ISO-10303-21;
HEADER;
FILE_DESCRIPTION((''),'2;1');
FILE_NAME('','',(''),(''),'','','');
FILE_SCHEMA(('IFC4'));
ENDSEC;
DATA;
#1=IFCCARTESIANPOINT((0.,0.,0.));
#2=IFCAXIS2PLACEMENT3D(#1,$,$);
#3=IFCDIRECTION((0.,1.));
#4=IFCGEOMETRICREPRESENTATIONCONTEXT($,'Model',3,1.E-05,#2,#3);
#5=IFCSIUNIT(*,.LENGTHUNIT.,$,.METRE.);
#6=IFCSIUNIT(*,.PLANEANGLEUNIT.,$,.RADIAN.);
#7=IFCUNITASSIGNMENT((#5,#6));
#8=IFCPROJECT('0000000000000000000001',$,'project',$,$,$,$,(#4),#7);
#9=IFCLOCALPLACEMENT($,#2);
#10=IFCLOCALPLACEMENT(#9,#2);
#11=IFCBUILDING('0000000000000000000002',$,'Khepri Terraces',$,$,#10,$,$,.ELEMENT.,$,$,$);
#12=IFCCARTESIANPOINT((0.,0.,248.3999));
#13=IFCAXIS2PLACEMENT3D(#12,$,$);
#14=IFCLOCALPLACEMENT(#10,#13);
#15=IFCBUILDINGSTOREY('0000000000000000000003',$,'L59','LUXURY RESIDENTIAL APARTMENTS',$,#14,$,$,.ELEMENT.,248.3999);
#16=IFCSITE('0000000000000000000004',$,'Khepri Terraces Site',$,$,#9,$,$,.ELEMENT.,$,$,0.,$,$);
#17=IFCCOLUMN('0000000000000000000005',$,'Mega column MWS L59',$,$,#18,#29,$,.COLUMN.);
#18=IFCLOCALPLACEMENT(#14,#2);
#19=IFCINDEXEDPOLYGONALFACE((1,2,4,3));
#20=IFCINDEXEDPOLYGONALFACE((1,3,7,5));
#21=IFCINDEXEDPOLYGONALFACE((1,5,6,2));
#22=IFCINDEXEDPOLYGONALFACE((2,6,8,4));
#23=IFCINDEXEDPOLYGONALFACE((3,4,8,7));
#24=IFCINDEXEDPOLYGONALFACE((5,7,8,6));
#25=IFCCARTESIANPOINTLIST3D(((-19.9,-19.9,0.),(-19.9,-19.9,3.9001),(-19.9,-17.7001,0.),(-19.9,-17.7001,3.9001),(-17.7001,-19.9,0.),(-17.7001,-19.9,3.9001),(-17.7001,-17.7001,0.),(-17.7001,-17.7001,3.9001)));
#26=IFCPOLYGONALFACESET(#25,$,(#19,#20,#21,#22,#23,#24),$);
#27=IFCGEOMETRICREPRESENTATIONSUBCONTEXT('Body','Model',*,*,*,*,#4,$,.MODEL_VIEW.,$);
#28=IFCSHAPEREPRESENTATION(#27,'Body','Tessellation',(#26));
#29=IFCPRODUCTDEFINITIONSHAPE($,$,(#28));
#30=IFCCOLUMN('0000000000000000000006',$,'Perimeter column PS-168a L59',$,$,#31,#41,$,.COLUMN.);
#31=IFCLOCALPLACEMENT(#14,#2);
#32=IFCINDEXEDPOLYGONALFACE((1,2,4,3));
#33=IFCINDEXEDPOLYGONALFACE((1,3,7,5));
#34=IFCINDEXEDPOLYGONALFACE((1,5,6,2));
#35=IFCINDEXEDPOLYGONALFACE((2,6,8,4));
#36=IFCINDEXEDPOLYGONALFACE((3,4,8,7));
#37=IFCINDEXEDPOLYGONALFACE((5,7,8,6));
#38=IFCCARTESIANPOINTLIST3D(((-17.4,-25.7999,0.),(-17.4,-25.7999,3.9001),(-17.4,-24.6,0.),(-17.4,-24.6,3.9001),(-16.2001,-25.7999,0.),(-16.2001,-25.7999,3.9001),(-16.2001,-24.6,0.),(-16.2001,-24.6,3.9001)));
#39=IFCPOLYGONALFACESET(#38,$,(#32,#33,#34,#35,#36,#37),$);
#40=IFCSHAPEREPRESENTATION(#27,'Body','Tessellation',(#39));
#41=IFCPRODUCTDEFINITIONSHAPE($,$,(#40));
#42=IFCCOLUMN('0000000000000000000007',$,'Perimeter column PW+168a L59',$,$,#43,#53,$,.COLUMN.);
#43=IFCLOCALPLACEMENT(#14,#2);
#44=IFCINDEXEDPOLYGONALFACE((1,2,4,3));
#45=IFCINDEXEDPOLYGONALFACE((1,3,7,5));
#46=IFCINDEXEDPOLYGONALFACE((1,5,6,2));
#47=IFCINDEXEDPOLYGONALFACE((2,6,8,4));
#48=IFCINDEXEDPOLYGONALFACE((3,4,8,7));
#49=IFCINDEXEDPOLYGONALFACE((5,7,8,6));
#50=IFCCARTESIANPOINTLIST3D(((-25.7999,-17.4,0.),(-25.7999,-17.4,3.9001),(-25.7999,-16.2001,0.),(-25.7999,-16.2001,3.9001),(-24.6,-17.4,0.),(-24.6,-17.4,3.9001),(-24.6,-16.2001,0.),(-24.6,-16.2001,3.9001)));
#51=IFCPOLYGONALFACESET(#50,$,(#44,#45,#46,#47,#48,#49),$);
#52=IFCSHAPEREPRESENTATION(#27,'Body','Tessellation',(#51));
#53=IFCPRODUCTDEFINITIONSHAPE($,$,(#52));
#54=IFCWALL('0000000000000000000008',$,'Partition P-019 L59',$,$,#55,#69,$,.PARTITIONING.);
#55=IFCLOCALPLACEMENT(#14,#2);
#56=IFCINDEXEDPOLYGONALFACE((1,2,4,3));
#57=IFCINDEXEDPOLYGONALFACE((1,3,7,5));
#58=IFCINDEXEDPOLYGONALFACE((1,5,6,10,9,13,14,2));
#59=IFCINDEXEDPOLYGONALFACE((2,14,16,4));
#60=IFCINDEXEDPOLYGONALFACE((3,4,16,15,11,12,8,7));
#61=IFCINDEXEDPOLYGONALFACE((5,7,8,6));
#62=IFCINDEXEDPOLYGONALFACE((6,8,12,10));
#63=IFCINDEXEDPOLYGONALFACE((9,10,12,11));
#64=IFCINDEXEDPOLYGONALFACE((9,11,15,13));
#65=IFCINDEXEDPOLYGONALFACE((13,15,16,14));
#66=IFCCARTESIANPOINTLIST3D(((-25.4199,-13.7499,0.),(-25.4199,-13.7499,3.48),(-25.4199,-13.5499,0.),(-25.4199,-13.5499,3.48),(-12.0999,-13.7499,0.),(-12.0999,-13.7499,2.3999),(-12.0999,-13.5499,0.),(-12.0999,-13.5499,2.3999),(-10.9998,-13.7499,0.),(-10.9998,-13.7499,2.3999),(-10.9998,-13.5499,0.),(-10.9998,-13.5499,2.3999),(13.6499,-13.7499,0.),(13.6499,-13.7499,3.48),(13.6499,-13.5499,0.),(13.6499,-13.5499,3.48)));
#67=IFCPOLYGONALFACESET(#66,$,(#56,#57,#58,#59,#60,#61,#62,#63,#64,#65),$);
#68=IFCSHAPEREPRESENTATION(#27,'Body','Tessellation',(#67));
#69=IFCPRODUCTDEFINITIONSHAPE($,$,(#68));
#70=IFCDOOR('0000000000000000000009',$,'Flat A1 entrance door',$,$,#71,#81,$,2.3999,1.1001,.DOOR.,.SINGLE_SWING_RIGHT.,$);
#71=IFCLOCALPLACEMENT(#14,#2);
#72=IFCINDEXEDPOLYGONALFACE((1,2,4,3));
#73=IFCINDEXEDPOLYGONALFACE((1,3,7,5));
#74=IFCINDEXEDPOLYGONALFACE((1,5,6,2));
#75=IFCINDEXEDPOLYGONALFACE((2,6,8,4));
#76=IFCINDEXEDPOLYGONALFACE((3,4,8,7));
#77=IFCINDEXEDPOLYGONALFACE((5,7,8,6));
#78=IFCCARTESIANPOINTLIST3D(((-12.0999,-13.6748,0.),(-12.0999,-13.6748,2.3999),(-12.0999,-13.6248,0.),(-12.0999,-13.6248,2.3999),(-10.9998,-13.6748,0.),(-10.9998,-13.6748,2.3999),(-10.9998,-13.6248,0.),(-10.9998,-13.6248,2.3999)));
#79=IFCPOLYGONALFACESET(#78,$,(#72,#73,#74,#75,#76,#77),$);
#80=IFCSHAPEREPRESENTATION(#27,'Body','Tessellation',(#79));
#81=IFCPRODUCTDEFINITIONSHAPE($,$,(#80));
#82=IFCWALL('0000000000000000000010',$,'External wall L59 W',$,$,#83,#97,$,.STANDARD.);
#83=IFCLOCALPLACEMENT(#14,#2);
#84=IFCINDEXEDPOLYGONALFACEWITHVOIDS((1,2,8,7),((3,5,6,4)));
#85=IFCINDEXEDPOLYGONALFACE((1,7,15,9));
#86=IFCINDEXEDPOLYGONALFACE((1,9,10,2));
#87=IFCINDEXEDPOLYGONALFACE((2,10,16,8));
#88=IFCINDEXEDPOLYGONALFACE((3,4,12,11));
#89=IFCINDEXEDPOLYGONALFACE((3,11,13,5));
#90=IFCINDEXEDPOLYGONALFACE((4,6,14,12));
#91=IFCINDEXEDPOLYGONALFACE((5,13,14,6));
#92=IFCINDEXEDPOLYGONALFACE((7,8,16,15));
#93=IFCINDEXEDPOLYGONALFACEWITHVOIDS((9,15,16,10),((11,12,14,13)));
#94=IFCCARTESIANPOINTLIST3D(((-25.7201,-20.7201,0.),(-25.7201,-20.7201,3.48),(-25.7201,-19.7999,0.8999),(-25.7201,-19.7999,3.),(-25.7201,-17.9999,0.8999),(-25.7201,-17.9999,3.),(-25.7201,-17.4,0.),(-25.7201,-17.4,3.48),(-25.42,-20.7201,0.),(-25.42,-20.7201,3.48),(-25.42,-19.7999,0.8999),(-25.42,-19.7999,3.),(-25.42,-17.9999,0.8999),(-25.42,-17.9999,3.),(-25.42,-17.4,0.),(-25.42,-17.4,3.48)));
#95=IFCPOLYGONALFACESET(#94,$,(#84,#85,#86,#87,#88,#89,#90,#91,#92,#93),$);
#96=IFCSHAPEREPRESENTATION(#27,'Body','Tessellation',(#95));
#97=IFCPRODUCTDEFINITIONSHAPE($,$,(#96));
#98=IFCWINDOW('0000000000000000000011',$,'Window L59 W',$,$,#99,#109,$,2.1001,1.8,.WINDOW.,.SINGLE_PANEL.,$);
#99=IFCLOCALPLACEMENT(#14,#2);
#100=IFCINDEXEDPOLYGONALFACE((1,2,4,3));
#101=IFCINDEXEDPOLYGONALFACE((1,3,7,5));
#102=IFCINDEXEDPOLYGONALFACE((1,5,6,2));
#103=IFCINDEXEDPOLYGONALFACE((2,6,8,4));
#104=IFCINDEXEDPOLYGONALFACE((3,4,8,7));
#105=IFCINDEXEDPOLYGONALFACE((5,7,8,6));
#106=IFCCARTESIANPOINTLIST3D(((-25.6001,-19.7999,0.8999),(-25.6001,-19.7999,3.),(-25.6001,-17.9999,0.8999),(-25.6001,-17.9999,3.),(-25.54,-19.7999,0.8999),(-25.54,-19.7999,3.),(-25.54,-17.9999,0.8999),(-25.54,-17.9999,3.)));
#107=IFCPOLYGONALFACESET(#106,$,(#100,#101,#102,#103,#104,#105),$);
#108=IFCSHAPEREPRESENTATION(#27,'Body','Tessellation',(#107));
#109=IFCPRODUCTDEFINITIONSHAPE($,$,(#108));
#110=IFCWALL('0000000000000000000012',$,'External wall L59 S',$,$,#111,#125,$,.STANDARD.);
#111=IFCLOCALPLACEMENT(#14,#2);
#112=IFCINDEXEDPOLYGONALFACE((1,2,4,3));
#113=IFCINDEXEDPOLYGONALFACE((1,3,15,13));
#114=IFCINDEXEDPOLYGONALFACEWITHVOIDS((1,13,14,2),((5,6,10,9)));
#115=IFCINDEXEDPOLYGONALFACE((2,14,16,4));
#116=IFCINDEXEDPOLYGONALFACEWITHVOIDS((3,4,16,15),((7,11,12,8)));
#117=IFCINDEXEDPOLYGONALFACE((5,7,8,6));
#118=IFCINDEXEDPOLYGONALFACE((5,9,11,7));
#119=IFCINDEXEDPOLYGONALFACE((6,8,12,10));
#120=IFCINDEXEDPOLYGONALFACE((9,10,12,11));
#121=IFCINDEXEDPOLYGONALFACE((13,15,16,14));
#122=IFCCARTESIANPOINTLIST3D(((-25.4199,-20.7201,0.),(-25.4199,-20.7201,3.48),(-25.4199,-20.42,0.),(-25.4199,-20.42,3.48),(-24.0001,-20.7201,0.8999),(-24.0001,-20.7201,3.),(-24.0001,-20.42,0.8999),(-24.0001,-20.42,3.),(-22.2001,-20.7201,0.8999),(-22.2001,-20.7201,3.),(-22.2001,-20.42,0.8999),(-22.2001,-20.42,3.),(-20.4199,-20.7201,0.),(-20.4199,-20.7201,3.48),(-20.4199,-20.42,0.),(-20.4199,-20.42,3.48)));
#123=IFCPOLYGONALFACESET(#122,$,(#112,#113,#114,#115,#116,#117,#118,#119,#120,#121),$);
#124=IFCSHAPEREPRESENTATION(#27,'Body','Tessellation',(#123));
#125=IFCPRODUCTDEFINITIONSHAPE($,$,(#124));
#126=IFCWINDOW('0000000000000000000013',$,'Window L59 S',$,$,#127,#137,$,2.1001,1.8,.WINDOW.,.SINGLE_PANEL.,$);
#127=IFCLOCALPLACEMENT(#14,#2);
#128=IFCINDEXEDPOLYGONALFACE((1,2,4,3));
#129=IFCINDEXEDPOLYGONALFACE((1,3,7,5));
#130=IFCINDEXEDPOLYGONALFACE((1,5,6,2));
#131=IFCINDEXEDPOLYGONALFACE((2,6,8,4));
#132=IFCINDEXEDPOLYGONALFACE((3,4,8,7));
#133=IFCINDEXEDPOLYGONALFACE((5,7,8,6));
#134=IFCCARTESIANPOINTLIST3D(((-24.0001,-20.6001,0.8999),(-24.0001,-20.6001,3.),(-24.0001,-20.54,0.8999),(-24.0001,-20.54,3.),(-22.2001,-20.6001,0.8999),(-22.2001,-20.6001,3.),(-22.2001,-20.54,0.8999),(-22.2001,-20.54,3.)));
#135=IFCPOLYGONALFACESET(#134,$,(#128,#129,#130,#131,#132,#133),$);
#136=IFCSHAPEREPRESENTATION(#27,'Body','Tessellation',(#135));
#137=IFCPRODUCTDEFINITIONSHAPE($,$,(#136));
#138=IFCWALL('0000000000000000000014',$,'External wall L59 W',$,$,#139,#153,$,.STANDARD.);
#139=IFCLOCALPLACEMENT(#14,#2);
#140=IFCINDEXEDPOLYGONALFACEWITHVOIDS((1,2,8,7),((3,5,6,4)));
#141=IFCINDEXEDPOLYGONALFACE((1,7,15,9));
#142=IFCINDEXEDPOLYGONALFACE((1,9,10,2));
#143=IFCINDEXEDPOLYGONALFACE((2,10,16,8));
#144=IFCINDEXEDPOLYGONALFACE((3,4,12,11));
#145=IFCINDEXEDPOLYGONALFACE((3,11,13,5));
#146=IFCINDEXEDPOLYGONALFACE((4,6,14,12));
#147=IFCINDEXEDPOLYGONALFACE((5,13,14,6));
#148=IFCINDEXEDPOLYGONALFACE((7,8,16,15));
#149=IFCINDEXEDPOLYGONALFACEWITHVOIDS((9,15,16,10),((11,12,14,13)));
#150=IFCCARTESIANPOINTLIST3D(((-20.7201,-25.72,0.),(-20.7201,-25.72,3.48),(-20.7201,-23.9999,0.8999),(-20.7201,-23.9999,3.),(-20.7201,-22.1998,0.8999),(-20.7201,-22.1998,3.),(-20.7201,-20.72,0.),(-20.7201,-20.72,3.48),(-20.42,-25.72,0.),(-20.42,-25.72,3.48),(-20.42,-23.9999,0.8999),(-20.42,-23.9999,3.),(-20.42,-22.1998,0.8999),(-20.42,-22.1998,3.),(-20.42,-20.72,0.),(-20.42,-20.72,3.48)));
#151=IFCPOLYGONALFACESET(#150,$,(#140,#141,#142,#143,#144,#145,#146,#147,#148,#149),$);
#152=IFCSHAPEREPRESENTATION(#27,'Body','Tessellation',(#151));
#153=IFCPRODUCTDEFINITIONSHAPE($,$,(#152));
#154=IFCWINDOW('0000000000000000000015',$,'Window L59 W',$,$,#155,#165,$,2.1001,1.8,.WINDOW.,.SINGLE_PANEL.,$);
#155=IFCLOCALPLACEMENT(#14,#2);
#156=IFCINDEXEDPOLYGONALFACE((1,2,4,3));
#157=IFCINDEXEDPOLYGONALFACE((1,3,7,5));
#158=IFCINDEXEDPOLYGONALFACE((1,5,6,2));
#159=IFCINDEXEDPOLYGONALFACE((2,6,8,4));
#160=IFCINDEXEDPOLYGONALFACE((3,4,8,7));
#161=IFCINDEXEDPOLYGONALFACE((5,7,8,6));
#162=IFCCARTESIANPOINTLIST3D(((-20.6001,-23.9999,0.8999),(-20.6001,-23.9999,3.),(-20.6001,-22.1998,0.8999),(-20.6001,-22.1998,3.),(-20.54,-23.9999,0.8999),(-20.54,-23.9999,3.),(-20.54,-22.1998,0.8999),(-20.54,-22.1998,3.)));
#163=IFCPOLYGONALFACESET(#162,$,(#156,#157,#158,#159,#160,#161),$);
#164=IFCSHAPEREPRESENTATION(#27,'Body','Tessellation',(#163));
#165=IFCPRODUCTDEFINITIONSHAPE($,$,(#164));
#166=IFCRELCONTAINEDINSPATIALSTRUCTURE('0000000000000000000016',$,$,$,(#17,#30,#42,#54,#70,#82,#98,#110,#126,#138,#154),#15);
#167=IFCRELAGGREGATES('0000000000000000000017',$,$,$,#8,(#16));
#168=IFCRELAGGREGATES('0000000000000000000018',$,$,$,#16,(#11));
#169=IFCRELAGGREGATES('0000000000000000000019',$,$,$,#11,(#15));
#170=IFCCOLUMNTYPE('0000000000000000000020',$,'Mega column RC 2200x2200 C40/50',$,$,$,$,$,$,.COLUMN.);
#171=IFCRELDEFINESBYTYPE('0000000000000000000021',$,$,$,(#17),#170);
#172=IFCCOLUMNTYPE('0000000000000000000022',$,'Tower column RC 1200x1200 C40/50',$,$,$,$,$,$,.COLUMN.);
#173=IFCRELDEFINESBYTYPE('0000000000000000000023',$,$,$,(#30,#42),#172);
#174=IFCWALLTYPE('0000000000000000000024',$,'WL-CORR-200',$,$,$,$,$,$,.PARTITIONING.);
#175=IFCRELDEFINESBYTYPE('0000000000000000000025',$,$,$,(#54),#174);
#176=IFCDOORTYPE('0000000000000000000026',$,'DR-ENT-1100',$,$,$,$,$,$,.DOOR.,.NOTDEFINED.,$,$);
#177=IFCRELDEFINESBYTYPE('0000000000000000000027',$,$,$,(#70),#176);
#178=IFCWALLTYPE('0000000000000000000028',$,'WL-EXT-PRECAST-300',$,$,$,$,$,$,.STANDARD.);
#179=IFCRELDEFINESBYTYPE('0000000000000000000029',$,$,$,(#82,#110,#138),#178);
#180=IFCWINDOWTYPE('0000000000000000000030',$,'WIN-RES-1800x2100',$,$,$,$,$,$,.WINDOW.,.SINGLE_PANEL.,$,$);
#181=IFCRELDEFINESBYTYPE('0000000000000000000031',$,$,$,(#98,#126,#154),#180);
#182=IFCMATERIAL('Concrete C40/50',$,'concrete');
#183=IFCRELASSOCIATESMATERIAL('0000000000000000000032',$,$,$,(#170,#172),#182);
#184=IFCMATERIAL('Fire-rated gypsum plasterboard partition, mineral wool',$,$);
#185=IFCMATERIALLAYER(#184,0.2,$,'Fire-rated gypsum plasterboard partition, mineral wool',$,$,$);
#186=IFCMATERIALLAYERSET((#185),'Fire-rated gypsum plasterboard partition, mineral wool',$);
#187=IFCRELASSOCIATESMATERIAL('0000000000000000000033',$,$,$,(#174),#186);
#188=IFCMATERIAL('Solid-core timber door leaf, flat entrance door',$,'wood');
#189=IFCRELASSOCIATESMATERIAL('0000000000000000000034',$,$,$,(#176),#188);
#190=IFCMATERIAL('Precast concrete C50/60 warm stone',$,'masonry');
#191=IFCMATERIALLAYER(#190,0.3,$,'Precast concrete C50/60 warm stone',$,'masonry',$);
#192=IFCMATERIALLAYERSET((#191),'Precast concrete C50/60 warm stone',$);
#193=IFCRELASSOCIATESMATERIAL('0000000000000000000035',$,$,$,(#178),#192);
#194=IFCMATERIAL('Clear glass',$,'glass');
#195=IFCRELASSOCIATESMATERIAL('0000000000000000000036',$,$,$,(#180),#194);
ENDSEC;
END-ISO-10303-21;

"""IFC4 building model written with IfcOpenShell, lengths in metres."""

from ifc_helpers import new_model, si_unit, direction, frame, frame_2d, origin, origin_2d, place, context, subcontext, project, spatial, rectangle, extrude, material, layer, layer_set, material_profile, profile_set, type_object, element, fill, save


model = new_model("IFC4")

# Units and contexts
model_context = context("Model", 3, precision=1e-05, world=origin(), true_north=direction((0.0, 1.0)))
body_context = subcontext(model_context, "Body", "Model", "MODEL_VIEW")
ifc_project = project(units=[si_unit("LENGTHUNIT", "METRE"), si_unit("PLANEANGLEUNIT", "RADIAN")], contexts=[model_context])

# Site, building, storey
site_placement = place(None, origin())
site = spatial("IfcSite", under=ifc_project, at=site_placement, Name="Khepri Terraces Site", CompositionType="ELEMENT", RefElevation=0.0)
building_placement = place(site_placement, origin())
building = spatial("IfcBuilding", under=site, at=building_placement, Name="Khepri Terraces", CompositionType="ELEMENT")
storey_placement = place(building_placement, frame((0.0, 0.0, 248.3999)))
storey = spatial("IfcBuildingStorey", under=building, at=storey_placement, Name="L59", Description="LUXURY RESIDENTIAL APARTMENTS", CompositionType="ELEMENT", Elevation=248.3999)

# Columns
ifc_material_1 = material(Name="Concrete C40/50", Category="concrete")
ifc_material_profile_1 = material_profile(ifc_material_1, rectangle(XDim=2.2, YDim=2.2, at=origin_2d()), Name="Concrete C40/50", Category="concrete")
ifc_profile_set_1 = profile_set([ifc_material_profile_1], Name="Concrete C40/50")
column_type_1 = type_object("IfcColumnType", Name="Mega column RC 2200x2200 C40/50", PredefinedType="COLUMN", material=ifc_profile_set_1)
column_placement = place(storey_placement, frame((-18.8, -18.8, 0.0), z_axis=(0.0, 0.0, 1.0), x_axis=(1.0, 0.0, 0.0)))
element("IfcColumn", 1, at=column_placement, inside=storey, type_object=column_type_1, Name="Mega column MWS L59", PredefinedType="COLUMN", context=body_context, shape_type="SweptSolid", body=[
    extrude(rectangle(XDim=2.2, YDim=2.2, at=origin_2d()), origin(), (0.0, 0.0, 1.0), 3.9001),
])
ifc_material_profile_2 = material_profile(ifc_material_1, rectangle(XDim=1.2, YDim=1.2, at=origin_2d()), Name="Concrete C40/50", Category="concrete")
ifc_profile_set_2 = profile_set([ifc_material_profile_2], Name="Concrete C40/50")
column_type_2 = type_object("IfcColumnType", Name="Tower column RC 1200x1200 C40/50", PredefinedType="COLUMN", material=ifc_profile_set_2)
for number, where, z_axis, x_axis, name in (
    (2, (-16.8, -25.2, 0.0), (0.0, 0.0, 1.0), (1.0, 0.0, 0.0), "Perimeter column PS-168a L59"),
    (3, (-25.2, -16.8, 0.0), (0.0, 0.0, 1.0), (1.0, 0.0, 0.0), "Perimeter column PW+168a L59"),
):
    element("IfcColumn", number, at=place(storey_placement, frame(where, z_axis=z_axis, x_axis=x_axis)), inside=storey, type_object=column_type_2, Name=name, PredefinedType="COLUMN", context=body_context, shape_type="SweptSolid", body=[
        extrude(rectangle(XDim=1.2, YDim=1.2, at=origin_2d()), origin(), (0.0, 0.0, 1.0), 3.9001),
    ])

# Wall, opening, door
ifc_material_2 = material(Name="Fire-rated gypsum plasterboard partition, mineral wool")
ifc_layer_1 = layer(ifc_material_2, 0.2, Name="Fire-rated gypsum plasterboard partition, mineral wool")
ifc_layer_set_1 = layer_set([ifc_layer_1], Name="Fire-rated gypsum plasterboard partition, mineral wool")
wall_type_1 = type_object("IfcWallType", Name="WL-CORR-200", PredefinedType="PARTITIONING", material=ifc_layer_set_1)
wall_1_placement = place(storey_placement, frame((-25.4199, -13.6499, 0.0), z_axis=(0.0, 0.0, 1.0), x_axis=(1.0, 0.0, 0.0)))
wall_1 = element("IfcWall", 4, at=wall_1_placement, inside=storey, type_object=wall_type_1, Name="Partition P-019 L59", PredefinedType="PARTITIONING", context=body_context, shape_type="SweptSolid", body=[
    extrude(rectangle(XDim=39.0698, YDim=0.2, at=frame_2d((19.5349, 0.0))), origin(), (0.0, 0.0, 1.0), 3.48),
])
opening_1_placement = place(wall_1_placement, frame((13.3201, 0.0, 0.0)))
opening_1 = element("IfcOpeningElement", 5, at=opening_1_placement, cuts=wall_1, PredefinedType="OPENING", context=body_context, shape_type="SweptSolid", body=[
    extrude(rectangle(XDim=1.1001, YDim=2.3999, at=frame_2d((0.55, 1.2))), frame((0.0, 0.1099, 0.0), z_axis=(0.0, -1.0, 0.0), x_axis=(1.0, 0.0, 0.0)), (0.0, 0.0, 1.0), 0.22),
])
ifc_material_3 = material(Name="Solid-core timber door leaf, flat entrance door", Category="wood")
door_type_1 = type_object("IfcDoorType", Name="DR-ENT-1100", OperationType="NOTDEFINED", PredefinedType="DOOR", material=ifc_material_3)
door_1_placement = place(opening_1_placement, frame((1.1001, 0.0, 0.0), z_axis=(0.0, 0.0, 1.0), x_axis=(-1.0, 0.0, 0.0)))
door_1 = element("IfcDoor", 6, at=door_1_placement, inside=storey, type_object=door_type_1, Name="Flat A1 entrance door", OperationType="SINGLE_SWING_RIGHT", OverallHeight=2.3999, OverallWidth=1.1001, PredefinedType="DOOR", context=body_context, shape_type="SweptSolid", body=[
    extrude(rectangle(XDim=1.1001, YDim=2.3999, at=frame_2d((0.55, 1.2))), frame((0.0, 0.0249, 0.0), z_axis=(0.0, -1.0, 0.0), x_axis=(1.0, 0.0, 0.0)), (0.0, 0.0, 1.0), 0.05),
])
fill(opening_1, door_1)

# Walls, openings, windows
ifc_material_4 = material(Name="Precast concrete C50/60 warm stone", Category="masonry")
ifc_layer_2 = layer(ifc_material_4, 0.3, Name="Precast concrete C50/60 warm stone", Category="masonry")
ifc_layer_set_2 = layer_set([ifc_layer_2], Name="Precast concrete C50/60 warm stone")
wall_type_2 = type_object("IfcWallType", Name="WL-EXT-PRECAST-300", PredefinedType="STANDARD", material=ifc_layer_set_2)
wall_2_placement = place(storey_placement, frame((-25.5701, -17.3999, 0.0), z_axis=(0.0, 0.0, 1.0), x_axis=(0.0, -1.0, 0.0)))
wall_2 = element("IfcWall", 7, at=wall_2_placement, inside=storey, type_object=wall_type_2, Name="External wall L59 W", PredefinedType="STANDARD", context=body_context, shape_type="SweptSolid", body=[
    extrude(rectangle(XDim=3.3201, YDim=0.3, at=frame_2d((1.6602, 0.0))), origin(), (0.0, 0.0, 1.0), 3.48),
])
opening_2_placement = place(wall_2_placement, frame((0.6001, 0.0, 0.8999)))
opening_2 = element("IfcOpeningElement", 8, at=opening_2_placement, cuts=wall_2, PredefinedType="OPENING", context=body_context, shape_type="SweptSolid", body=[
    extrude(rectangle(XDim=1.8, YDim=2.1001, at=frame_2d((0.8999, 1.05))), frame((0.0, 0.1602, 0.0), z_axis=(0.0, -1.0, 0.0), x_axis=(1.0, 0.0, 0.0)), (0.0, 0.0, 1.0), 0.3201),
])
ifc_material_5 = material(Name="Clear glass", Category="glass")
window_type = type_object("IfcWindowType", Name="WIN-RES-1800x2100", PartitioningType="SINGLE_PANEL", PredefinedType="WINDOW", material=ifc_material_5)
window_1_placement = place(opening_2_placement, origin())
window_1 = element("IfcWindow", 9, at=window_1_placement, inside=storey, type_object=window_type, Name="Window L59 W", OverallHeight=2.1001, OverallWidth=1.8, PartitioningType="SINGLE_PANEL", PredefinedType="WINDOW", context=body_context, shape_type="SweptSolid", body=[
    extrude(rectangle(XDim=1.8, YDim=2.1001, at=frame_2d((0.8999, 1.05))), frame((0.0, 0.03, 0.0), z_axis=(0.0, -1.0, 0.0), x_axis=(1.0, 0.0, 0.0)), (0.0, 0.0, 1.0), 0.0601),
])
fill(opening_2, window_1)
wall_3_placement = place(storey_placement, frame((-25.4199, -20.5701, 0.0), z_axis=(0.0, 0.0, 1.0), x_axis=(1.0, 0.0, 0.0)))
wall_3 = element("IfcWall", 10, at=wall_3_placement, inside=storey, type_object=wall_type_2, Name="External wall L59 S", PredefinedType="STANDARD", context=body_context, shape_type="SweptSolid", body=[
    extrude(rectangle(XDim=5.0, YDim=0.3, at=frame_2d((2.5, 0.0))), origin(), (0.0, 0.0, 1.0), 3.48),
])
opening_3_placement = place(wall_3_placement, frame((1.4199, 0.0, 0.8999)))
opening_3 = element("IfcOpeningElement", 11, at=opening_3_placement, cuts=wall_3, PredefinedType="OPENING", context=body_context, shape_type="SweptSolid", body=[
    extrude(rectangle(XDim=1.8, YDim=2.1001, at=frame_2d((0.8999, 1.05))), frame((0.0, 0.1602, 0.0), z_axis=(0.0, -1.0, 0.0), x_axis=(1.0, 0.0, 0.0)), (0.0, 0.0, 1.0), 0.3201),
])
window_2_placement = place(opening_3_placement, origin())
window_2 = element("IfcWindow", 12, at=window_2_placement, inside=storey, type_object=window_type, Name="Window L59 S", OverallHeight=2.1001, OverallWidth=1.8, PartitioningType="SINGLE_PANEL", PredefinedType="WINDOW", context=body_context, shape_type="SweptSolid", body=[
    extrude(rectangle(XDim=1.8, YDim=2.1001, at=frame_2d((0.8999, 1.05))), frame((0.0, 0.03, 0.0), z_axis=(0.0, -1.0, 0.0), x_axis=(1.0, 0.0, 0.0)), (0.0, 0.0, 1.0), 0.0601),
])
fill(opening_3, window_2)
wall_4_placement = place(storey_placement, frame((-20.5701, -20.72, 0.0), z_axis=(0.0, 0.0, 1.0), x_axis=(0.0, -1.0, 0.0)))
wall_4 = element("IfcWall", 13, at=wall_4_placement, inside=storey, type_object=wall_type_2, Name="External wall L59 W", PredefinedType="STANDARD", context=body_context, shape_type="SweptSolid", body=[
    extrude(rectangle(XDim=5.0, YDim=0.3, at=frame_2d((2.5, 0.0))), origin(), (0.0, 0.0, 1.0), 3.48),
])
opening_4_placement = place(wall_4_placement, frame((1.48, 0.0, 0.8999)))
opening_4 = element("IfcOpeningElement", 14, at=opening_4_placement, cuts=wall_4, PredefinedType="OPENING", context=body_context, shape_type="SweptSolid", body=[
    extrude(rectangle(XDim=1.8, YDim=2.1001, at=frame_2d((0.8999, 1.05))), frame((0.0, 0.1602, 0.0), z_axis=(0.0, -1.0, 0.0), x_axis=(1.0, 0.0, 0.0)), (0.0, 0.0, 1.0), 0.3201),
])
window_3_placement = place(opening_4_placement, origin())
window_3 = element("IfcWindow", 15, at=window_3_placement, inside=storey, type_object=window_type, Name="Window L59 W", OverallHeight=2.1001, OverallWidth=1.8, PartitioningType="SINGLE_PANEL", PredefinedType="WINDOW", context=body_context, shape_type="SweptSolid", body=[
    extrude(rectangle(XDim=1.8, YDim=2.1001, at=frame_2d((0.8999, 1.05))), frame((0.0, 0.03, 0.0), z_axis=(0.0, -1.0, 0.0), x_axis=(1.0, 0.0, 0.0)), (0.0, 0.0, 1.0), 0.0601),
])
fill(opening_4, window_3)

save(model, "model.ifc")
